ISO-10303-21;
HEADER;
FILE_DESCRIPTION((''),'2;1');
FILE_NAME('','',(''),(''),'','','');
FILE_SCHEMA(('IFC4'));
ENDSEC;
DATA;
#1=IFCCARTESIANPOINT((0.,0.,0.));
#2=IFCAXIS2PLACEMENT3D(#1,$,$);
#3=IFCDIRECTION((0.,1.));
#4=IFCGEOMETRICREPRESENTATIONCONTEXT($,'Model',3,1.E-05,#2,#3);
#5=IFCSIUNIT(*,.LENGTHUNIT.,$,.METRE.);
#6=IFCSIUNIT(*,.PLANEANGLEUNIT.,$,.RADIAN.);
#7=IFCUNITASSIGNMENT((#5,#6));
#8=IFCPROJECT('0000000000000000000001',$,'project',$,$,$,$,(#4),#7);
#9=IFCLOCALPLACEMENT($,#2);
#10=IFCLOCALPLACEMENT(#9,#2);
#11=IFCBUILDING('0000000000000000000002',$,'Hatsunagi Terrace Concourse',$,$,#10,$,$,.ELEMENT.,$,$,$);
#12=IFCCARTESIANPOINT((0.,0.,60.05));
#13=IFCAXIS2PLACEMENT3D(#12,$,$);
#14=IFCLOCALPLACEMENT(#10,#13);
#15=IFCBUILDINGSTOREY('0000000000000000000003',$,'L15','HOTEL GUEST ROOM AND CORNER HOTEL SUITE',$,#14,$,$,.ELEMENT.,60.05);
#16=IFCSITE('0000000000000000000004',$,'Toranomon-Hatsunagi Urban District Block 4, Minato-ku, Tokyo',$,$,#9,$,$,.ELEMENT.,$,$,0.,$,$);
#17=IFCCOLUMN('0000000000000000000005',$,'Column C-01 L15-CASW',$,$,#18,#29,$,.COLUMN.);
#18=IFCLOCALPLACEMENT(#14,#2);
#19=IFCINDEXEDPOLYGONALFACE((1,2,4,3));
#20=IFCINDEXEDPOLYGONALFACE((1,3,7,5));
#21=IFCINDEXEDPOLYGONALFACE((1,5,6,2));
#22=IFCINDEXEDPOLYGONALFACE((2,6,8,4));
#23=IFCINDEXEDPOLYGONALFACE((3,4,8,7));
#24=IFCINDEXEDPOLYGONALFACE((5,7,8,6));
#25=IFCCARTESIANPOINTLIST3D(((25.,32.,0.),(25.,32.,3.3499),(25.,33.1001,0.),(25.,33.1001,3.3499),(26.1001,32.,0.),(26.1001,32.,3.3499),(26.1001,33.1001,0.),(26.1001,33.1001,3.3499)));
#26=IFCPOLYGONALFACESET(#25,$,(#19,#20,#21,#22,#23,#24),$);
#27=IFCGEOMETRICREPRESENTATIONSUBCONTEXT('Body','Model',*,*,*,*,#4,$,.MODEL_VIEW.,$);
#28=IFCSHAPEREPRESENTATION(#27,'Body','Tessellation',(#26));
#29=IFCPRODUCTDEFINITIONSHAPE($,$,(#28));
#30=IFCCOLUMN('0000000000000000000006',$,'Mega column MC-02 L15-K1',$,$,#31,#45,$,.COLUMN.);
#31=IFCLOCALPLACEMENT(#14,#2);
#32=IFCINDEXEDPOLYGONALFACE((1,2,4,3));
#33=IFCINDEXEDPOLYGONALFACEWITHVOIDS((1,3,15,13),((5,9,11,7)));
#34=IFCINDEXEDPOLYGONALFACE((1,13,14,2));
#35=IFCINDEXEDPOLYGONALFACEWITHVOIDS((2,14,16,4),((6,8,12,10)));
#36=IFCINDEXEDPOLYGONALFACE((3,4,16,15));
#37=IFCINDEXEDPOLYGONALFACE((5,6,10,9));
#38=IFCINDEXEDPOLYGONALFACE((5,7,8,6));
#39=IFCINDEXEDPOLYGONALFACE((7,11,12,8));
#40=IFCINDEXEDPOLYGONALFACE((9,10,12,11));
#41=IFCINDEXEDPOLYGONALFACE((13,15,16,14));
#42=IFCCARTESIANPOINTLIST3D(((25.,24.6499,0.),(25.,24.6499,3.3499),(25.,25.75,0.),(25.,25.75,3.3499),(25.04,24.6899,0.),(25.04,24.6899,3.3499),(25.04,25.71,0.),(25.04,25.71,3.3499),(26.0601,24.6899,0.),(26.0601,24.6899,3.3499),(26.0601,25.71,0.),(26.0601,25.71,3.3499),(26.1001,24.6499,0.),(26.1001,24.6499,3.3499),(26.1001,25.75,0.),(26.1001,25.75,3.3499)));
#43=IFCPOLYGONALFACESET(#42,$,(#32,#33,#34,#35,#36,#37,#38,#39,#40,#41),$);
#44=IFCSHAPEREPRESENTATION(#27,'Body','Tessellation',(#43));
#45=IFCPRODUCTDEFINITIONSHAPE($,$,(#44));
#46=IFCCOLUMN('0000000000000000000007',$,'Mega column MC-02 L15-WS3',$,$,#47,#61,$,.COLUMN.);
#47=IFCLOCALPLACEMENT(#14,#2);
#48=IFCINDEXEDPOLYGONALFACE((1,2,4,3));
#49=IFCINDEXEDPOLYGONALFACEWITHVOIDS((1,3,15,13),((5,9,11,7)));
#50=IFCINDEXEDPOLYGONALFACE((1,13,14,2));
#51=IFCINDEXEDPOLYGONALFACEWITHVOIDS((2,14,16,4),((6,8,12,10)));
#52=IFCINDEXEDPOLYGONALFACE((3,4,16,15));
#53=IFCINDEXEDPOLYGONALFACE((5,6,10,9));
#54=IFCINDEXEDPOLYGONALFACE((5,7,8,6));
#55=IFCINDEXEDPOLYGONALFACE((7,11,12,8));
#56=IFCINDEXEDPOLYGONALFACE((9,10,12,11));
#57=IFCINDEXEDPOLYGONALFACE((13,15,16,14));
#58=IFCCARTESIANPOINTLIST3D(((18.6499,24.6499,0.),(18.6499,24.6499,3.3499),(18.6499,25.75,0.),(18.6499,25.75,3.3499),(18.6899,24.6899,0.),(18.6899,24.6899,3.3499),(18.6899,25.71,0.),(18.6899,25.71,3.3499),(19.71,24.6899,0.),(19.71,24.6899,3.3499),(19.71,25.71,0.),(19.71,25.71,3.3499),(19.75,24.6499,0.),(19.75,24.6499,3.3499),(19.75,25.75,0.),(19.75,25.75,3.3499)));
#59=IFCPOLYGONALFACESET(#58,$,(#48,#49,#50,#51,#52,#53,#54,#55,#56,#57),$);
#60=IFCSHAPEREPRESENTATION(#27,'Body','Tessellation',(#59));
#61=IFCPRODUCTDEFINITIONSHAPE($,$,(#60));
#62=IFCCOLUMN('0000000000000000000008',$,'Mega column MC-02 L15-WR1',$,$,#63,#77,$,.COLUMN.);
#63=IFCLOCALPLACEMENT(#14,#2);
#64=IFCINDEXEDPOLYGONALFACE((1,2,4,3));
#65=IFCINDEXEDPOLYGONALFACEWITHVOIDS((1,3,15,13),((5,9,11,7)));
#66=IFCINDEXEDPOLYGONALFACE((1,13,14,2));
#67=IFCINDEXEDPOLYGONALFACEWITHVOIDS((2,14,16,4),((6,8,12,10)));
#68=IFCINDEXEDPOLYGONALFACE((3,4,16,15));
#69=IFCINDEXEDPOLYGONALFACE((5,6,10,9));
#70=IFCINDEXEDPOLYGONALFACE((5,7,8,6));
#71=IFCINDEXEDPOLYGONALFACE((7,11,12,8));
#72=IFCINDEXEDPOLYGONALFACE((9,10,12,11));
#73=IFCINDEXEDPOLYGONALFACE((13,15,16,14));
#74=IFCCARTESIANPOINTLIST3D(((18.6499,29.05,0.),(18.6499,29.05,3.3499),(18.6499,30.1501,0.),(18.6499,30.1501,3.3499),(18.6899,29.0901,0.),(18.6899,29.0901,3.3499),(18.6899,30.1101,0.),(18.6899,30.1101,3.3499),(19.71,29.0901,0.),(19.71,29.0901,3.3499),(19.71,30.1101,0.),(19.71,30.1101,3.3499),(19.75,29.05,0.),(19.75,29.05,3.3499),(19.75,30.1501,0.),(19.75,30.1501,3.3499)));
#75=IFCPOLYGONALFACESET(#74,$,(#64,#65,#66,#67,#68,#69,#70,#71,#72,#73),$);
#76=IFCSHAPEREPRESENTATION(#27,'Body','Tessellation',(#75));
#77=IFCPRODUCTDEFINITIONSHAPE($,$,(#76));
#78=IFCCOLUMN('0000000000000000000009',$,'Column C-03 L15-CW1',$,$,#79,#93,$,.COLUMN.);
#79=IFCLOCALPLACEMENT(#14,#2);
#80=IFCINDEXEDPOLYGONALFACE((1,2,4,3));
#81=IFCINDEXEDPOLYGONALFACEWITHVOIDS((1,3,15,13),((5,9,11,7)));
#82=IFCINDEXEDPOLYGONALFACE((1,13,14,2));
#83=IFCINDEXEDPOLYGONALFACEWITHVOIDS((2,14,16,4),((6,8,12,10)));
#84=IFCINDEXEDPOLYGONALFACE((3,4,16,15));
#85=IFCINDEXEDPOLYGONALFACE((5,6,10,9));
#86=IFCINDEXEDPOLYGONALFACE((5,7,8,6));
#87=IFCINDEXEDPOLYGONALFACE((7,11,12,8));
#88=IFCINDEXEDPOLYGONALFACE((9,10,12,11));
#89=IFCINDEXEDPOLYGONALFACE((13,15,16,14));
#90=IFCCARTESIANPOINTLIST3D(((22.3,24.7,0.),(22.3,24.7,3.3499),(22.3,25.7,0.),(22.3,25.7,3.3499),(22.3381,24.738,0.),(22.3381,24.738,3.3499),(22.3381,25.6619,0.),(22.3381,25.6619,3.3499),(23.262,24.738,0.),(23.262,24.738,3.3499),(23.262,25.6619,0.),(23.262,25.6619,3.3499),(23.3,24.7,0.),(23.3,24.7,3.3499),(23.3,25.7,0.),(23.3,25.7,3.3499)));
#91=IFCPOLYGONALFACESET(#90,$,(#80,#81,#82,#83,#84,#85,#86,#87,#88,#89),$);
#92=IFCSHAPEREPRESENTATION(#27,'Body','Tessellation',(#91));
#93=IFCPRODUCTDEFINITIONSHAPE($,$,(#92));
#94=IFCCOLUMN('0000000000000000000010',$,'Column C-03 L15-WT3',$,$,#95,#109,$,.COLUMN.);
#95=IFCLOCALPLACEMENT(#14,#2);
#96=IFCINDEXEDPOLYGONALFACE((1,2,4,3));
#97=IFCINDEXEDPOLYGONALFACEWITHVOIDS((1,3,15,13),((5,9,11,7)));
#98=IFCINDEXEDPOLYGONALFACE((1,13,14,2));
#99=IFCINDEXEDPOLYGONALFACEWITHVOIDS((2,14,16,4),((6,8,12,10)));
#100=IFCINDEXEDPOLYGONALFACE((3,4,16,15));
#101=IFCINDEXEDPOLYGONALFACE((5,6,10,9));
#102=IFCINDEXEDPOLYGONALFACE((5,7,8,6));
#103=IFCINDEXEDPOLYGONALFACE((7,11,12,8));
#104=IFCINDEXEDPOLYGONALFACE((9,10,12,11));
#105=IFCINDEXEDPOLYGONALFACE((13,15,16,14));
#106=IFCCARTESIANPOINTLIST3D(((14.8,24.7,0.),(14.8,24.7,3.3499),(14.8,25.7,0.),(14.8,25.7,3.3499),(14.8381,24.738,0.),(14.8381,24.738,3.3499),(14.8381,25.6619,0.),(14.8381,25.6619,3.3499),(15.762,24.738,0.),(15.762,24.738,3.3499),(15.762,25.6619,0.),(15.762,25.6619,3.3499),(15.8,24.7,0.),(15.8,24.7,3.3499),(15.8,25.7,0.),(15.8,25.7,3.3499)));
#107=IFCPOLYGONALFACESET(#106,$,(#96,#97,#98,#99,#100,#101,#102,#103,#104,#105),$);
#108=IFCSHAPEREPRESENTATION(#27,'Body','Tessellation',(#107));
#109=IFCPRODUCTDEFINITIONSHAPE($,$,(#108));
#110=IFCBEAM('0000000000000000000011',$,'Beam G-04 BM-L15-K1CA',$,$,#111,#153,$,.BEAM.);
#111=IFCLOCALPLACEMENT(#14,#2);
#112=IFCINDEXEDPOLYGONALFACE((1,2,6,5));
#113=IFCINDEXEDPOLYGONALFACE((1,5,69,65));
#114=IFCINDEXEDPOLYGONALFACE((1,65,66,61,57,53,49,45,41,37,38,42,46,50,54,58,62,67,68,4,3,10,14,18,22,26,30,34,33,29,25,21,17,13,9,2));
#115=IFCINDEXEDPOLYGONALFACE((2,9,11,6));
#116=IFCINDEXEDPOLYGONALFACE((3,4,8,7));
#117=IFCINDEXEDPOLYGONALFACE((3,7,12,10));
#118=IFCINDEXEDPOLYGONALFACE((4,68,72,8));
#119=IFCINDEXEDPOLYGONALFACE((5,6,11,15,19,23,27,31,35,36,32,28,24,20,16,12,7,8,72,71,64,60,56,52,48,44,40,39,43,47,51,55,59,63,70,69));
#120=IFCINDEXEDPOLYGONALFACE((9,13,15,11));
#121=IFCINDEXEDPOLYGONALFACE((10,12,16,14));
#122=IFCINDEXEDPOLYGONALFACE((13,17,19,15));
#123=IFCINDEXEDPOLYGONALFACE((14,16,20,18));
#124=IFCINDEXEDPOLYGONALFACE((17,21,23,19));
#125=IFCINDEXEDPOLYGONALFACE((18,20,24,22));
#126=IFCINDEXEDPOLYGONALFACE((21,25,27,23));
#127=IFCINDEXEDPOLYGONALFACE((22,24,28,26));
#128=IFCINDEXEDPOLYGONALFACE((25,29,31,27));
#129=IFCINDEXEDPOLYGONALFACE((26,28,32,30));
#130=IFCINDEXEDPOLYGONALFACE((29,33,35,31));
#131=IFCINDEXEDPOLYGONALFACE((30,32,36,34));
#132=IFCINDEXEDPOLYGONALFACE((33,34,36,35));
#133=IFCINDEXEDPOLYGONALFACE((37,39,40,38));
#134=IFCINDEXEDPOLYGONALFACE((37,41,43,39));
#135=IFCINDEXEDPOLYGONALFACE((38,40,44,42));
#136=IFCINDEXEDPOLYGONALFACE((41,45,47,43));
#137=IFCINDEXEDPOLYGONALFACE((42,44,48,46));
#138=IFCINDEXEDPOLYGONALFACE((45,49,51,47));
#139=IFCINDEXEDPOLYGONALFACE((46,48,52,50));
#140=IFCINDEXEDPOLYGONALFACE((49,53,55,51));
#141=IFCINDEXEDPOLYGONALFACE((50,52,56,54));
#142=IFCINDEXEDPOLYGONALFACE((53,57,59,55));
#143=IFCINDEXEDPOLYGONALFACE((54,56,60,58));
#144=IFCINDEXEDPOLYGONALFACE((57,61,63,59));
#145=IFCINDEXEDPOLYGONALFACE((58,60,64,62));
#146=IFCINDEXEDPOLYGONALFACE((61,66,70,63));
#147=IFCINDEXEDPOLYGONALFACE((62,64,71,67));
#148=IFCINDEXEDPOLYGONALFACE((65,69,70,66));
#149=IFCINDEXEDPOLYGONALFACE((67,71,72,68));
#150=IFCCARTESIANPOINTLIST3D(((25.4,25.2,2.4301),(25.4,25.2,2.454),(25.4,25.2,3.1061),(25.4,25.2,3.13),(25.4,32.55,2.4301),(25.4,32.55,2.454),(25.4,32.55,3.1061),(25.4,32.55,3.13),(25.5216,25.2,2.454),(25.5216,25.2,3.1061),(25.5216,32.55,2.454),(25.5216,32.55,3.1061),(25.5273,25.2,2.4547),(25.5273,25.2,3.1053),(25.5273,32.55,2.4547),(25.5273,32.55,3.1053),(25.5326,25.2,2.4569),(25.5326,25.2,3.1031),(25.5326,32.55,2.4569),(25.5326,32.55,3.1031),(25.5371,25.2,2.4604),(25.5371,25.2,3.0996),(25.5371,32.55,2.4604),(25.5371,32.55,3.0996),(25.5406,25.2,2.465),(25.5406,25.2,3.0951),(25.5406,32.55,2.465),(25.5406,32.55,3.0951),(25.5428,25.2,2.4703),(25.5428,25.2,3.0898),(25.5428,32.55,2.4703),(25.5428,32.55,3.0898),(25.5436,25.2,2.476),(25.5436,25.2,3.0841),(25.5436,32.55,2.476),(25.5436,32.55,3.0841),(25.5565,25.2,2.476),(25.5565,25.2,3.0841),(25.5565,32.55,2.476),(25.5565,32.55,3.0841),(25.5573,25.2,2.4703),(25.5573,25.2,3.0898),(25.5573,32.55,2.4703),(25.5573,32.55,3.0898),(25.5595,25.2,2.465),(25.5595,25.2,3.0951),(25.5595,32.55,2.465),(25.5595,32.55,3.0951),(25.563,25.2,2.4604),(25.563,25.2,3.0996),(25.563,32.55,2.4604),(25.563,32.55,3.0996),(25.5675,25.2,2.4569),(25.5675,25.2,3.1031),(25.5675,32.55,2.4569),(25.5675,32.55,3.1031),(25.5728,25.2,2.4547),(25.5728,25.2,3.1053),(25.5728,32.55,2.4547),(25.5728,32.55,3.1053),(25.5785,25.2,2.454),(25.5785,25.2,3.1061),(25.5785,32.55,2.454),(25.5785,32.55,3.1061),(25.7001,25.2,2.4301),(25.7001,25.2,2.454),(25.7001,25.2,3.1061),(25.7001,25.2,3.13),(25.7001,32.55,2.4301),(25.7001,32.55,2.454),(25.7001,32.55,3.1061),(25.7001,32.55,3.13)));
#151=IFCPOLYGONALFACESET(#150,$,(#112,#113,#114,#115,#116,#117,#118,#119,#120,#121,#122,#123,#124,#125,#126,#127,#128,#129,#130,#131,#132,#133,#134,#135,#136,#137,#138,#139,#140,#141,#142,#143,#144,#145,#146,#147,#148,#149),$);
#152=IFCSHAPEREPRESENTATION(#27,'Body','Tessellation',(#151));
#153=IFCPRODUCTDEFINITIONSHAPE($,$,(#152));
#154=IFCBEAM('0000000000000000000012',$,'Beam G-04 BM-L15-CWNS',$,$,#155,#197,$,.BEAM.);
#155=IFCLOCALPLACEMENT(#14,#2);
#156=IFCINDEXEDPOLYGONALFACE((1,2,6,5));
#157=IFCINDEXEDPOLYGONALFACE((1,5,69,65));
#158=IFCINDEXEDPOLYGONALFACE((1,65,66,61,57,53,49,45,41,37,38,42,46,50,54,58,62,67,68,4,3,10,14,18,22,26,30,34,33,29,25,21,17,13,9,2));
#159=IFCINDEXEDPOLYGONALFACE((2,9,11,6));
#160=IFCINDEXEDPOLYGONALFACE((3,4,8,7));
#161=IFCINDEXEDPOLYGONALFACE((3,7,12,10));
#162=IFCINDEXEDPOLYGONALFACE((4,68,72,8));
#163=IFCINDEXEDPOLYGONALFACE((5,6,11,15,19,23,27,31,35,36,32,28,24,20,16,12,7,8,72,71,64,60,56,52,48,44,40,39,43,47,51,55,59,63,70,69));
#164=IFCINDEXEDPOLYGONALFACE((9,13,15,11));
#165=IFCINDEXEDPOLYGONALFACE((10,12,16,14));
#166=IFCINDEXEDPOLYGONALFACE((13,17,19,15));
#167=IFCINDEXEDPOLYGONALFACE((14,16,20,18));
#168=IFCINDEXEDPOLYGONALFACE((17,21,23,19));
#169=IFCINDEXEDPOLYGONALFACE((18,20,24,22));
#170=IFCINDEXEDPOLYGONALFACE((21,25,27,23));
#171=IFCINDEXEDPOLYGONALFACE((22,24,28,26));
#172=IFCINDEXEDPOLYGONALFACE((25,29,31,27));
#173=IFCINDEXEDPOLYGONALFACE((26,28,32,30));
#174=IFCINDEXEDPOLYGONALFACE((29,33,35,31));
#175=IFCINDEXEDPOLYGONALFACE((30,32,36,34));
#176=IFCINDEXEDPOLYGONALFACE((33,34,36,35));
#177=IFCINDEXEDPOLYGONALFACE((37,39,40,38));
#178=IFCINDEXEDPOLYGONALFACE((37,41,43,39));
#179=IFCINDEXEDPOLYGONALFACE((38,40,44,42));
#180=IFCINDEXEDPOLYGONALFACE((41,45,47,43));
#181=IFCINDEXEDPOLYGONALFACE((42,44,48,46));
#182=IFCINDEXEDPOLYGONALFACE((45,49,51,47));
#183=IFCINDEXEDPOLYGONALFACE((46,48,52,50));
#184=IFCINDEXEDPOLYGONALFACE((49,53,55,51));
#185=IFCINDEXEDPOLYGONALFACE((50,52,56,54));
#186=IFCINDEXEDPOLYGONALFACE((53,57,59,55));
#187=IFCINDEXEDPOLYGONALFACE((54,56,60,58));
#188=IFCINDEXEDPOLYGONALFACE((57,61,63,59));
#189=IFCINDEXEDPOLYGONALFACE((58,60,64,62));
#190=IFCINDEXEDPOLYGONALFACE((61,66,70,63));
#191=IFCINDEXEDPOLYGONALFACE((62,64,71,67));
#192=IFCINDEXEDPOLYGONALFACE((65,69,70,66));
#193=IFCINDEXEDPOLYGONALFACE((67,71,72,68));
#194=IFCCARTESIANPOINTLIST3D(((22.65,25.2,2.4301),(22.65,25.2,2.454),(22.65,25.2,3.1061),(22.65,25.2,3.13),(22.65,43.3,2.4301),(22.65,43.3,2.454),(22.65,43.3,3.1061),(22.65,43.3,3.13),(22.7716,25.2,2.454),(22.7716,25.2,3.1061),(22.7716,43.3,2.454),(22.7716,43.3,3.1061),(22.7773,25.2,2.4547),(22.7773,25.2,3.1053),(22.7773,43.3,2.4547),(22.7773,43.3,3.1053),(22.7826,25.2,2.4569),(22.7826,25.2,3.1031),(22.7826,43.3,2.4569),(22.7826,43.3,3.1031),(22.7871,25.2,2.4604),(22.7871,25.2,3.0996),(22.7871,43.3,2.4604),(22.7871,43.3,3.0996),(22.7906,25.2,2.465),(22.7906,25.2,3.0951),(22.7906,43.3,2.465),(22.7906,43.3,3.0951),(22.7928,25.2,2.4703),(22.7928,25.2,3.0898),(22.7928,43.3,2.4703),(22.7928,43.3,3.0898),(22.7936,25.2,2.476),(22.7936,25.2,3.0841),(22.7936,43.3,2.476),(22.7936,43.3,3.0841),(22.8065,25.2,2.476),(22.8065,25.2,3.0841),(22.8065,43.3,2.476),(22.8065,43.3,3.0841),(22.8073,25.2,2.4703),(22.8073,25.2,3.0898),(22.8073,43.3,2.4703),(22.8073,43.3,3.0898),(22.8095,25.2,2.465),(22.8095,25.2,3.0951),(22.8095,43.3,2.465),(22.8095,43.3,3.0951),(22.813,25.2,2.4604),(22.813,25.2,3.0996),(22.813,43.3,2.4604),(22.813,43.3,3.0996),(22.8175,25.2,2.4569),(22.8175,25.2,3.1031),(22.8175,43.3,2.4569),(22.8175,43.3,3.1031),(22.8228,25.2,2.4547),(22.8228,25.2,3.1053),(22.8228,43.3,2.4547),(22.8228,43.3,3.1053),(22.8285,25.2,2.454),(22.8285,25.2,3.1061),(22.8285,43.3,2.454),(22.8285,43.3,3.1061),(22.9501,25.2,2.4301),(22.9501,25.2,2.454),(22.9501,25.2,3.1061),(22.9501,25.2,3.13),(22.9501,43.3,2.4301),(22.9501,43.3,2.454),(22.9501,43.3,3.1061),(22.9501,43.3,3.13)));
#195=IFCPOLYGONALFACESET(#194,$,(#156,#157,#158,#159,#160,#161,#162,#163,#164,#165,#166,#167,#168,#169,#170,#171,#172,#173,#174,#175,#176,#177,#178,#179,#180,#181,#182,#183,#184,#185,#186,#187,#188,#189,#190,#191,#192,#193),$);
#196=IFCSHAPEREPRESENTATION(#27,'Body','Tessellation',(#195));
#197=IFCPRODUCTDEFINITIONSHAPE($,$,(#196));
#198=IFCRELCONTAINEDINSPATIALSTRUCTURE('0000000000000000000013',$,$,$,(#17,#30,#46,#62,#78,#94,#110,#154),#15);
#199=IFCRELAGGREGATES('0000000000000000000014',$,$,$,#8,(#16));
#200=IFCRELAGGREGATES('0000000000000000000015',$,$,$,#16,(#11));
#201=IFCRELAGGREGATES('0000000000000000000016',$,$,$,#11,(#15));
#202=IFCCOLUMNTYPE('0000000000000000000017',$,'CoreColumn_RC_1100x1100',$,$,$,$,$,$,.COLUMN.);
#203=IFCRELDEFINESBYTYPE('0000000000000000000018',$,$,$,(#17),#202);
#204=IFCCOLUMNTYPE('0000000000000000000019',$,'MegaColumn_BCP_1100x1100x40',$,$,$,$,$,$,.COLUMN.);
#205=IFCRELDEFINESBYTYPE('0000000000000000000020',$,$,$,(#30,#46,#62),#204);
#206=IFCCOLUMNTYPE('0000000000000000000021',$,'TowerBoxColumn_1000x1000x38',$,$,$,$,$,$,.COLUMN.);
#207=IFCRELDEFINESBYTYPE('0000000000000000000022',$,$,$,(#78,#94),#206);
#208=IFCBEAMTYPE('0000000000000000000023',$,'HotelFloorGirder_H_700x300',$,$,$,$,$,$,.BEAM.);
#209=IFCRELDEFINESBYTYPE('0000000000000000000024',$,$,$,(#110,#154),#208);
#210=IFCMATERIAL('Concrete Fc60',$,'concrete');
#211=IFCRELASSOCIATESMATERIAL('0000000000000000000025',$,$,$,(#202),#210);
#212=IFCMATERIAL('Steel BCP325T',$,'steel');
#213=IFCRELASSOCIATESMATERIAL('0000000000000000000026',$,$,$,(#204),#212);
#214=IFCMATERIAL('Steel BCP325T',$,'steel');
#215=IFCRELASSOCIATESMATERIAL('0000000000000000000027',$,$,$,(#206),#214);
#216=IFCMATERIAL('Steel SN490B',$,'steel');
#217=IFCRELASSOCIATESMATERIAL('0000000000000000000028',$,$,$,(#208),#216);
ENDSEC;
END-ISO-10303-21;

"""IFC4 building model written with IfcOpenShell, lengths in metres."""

from ifc_helpers import new_model, si_unit, direction, frame, origin, origin_2d, place, context, subcontext, project, spatial, rectangle, hollow_rectangle, i_section, extrude, material, material_profile, profile_set, type_object, element, save


model = new_model("IFC4")

# Units and contexts
model_context = context("Model", 3, precision=1e-05, world=origin(), true_north=direction((0.0, 1.0)))
body_context = subcontext(model_context, "Body", "Model", "MODEL_VIEW")
ifc_project = project(units=[si_unit("LENGTHUNIT", "METRE"), si_unit("PLANEANGLEUNIT", "RADIAN")], contexts=[model_context])

# Site, building, storey
site_placement = place(None, origin())
site = spatial("IfcSite", under=ifc_project, at=site_placement, Name="Toranomon-Hatsunagi Urban District Block 4, Minato-ku, Tokyo", CompositionType="ELEMENT", RefElevation=0.0)
building_placement = place(site_placement, origin())
building = spatial("IfcBuilding", under=site, at=building_placement, Name="Hatsunagi Terrace Concourse", CompositionType="ELEMENT")
storey_placement = place(building_placement, frame((0.0, 0.0, 60.05)))
storey = spatial("IfcBuildingStorey", under=building, at=storey_placement, Name="L15", Description="HOTEL GUEST ROOM AND CORNER HOTEL SUITE", CompositionType="ELEMENT", Elevation=60.05)

# Columns
ifc_material_1 = material(Name="Concrete Fc60", Category="concrete")
ifc_material_profile_1 = material_profile(ifc_material_1, rectangle(XDim=1.1001, YDim=1.1001, at=origin_2d()), Name="RC-1100x1100")
ifc_profile_set_1 = profile_set([ifc_material_profile_1], Name="Concrete Fc60")
column_type_1 = type_object("IfcColumnType", Name="CoreColumn_RC_1100x1100", PredefinedType="COLUMN", material=ifc_profile_set_1)
column_placement = place(storey_placement, frame((25.55, 32.55, 0.0), z_axis=(0.0, 0.0, 1.0), x_axis=(1.0, 0.0, 0.0)))
element("IfcColumn", 1, at=column_placement, inside=storey, type_object=column_type_1, Name="Column C-01 L15-CASW", PredefinedType="COLUMN", context=body_context, shape_type="SweptSolid", body=[
    extrude(rectangle(XDim=1.1001, YDim=1.1001, at=origin_2d()), origin(), (0.0, 0.0, 1.0), 3.3499),
])
ifc_material_2 = material(Name="Steel BCP325T", Category="steel")
ifc_material_profile_2 = material_profile(ifc_material_2, hollow_rectangle(XDim=1.1001, YDim=1.1001, WallThickness=0.04, at=origin_2d()), Name="BCP-1100x1100x40")
ifc_profile_set_2 = profile_set([ifc_material_profile_2], Name="Steel BCP325T")
column_type_2 = type_object("IfcColumnType", Name="MegaColumn_BCP_1100x1100x40", PredefinedType="COLUMN", material=ifc_profile_set_2)
for number, where, z_axis, x_axis, name in (
    (2, (25.55, 25.2, 0.0), (0.0, 0.0, 1.0), (1.0, 0.0, 0.0), "Mega column MC-02 L15-K1"),
    (3, (19.2, 25.2, 0.0), (0.0, 0.0, 1.0), (1.0, 0.0, 0.0), "Mega column MC-02 L15-WS3"),
    (4, (19.2, 29.6001, 0.0), (0.0, 0.0, 1.0), (1.0, 0.0, 0.0), "Mega column MC-02 L15-WR1"),
):
    element("IfcColumn", number, at=place(storey_placement, frame(where, z_axis=z_axis, x_axis=x_axis)), inside=storey, type_object=column_type_2, Name=name, PredefinedType="COLUMN", context=body_context, shape_type="SweptSolid", body=[
        extrude(hollow_rectangle(XDim=1.1001, YDim=1.1001, WallThickness=0.04, at=origin_2d()), origin(), (0.0, 0.0, 1.0), 3.3499),
    ])
ifc_material_3 = material(Name="Steel BCP325T", Category="steel")
ifc_material_profile_3 = material_profile(ifc_material_3, hollow_rectangle(XDim=1.0, YDim=1.0, WallThickness=0.0381, at=origin_2d()), Name="BCP-1000x1000x38")
ifc_profile_set_3 = profile_set([ifc_material_profile_3], Name="Steel BCP325T")
column_type_3 = type_object("IfcColumnType", Name="TowerBoxColumn_1000x1000x38", PredefinedType="COLUMN", material=ifc_profile_set_3)
for number, where, z_axis, x_axis, name in (
    (5, (22.8, 25.2, 0.0), (0.0, 0.0, 1.0), (1.0, 0.0, 0.0), "Column C-03 L15-CW1"),
    (6, (15.3, 25.2, 0.0), (0.0, 0.0, 1.0), (1.0, 0.0, 0.0), "Column C-03 L15-WT3"),
):
    element("IfcColumn", number, at=place(storey_placement, frame(where, z_axis=z_axis, x_axis=x_axis)), inside=storey, type_object=column_type_3, Name=name, PredefinedType="COLUMN", context=body_context, shape_type="SweptSolid", body=[
        extrude(hollow_rectangle(XDim=1.0, YDim=1.0, WallThickness=0.0381, at=origin_2d()), origin(), (0.0, 0.0, 1.0), 3.3499),
    ])

# Beams
ifc_material_4 = material(Name="Steel SN490B", Category="steel")
ifc_material_profile_4 = material_profile(ifc_material_4, i_section(OverallWidth=0.3, OverallDepth=0.7, WebThickness=0.0129, FlangeThickness=0.0239, FilletRadius=0.022, at=origin_2d()), Name="H-700x300x13x24")
ifc_profile_set_4 = profile_set([ifc_material_profile_4], Name="Steel SN490B")
beam_type_1 = type_object("IfcBeamType", Name="HotelFloorGirder_H_700x300", PredefinedType="BEAM", material=ifc_profile_set_4)
beam_1_placement = place(storey_placement, frame((25.55, 25.2, 2.78), z_axis=(0.0, 1.0, 0.0), x_axis=(-1.0, 0.0, 0.0)))
element("IfcBeam", 7, at=beam_1_placement, inside=storey, type_object=beam_type_1, Name="Beam G-04 BM-L15-K1CA", PredefinedType="BEAM", context=body_context, shape_type="SweptSolid", body=[
    extrude(i_section(OverallWidth=0.3, OverallDepth=0.7, WebThickness=0.0129, FlangeThickness=0.0239, FilletRadius=0.022, at=origin_2d()), origin(), (0.0, 0.0, 1.0), 7.3501),
])
beam_2_placement = place(storey_placement, frame((22.8, 25.2, 2.78), z_axis=(0.0, 1.0, 0.0), x_axis=(-1.0, 0.0, 0.0)))
element("IfcBeam", 8, at=beam_2_placement, inside=storey, type_object=beam_type_1, Name="Beam G-04 BM-L15-CWNS", PredefinedType="BEAM", context=body_context, shape_type="SweptSolid", body=[
    extrude(i_section(OverallWidth=0.3, OverallDepth=0.7, WebThickness=0.0129, FlangeThickness=0.0239, FilletRadius=0.022, at=origin_2d()), origin(), (0.0, 0.0, 1.0), 18.1001),
])

save(model, "model.ifc")
